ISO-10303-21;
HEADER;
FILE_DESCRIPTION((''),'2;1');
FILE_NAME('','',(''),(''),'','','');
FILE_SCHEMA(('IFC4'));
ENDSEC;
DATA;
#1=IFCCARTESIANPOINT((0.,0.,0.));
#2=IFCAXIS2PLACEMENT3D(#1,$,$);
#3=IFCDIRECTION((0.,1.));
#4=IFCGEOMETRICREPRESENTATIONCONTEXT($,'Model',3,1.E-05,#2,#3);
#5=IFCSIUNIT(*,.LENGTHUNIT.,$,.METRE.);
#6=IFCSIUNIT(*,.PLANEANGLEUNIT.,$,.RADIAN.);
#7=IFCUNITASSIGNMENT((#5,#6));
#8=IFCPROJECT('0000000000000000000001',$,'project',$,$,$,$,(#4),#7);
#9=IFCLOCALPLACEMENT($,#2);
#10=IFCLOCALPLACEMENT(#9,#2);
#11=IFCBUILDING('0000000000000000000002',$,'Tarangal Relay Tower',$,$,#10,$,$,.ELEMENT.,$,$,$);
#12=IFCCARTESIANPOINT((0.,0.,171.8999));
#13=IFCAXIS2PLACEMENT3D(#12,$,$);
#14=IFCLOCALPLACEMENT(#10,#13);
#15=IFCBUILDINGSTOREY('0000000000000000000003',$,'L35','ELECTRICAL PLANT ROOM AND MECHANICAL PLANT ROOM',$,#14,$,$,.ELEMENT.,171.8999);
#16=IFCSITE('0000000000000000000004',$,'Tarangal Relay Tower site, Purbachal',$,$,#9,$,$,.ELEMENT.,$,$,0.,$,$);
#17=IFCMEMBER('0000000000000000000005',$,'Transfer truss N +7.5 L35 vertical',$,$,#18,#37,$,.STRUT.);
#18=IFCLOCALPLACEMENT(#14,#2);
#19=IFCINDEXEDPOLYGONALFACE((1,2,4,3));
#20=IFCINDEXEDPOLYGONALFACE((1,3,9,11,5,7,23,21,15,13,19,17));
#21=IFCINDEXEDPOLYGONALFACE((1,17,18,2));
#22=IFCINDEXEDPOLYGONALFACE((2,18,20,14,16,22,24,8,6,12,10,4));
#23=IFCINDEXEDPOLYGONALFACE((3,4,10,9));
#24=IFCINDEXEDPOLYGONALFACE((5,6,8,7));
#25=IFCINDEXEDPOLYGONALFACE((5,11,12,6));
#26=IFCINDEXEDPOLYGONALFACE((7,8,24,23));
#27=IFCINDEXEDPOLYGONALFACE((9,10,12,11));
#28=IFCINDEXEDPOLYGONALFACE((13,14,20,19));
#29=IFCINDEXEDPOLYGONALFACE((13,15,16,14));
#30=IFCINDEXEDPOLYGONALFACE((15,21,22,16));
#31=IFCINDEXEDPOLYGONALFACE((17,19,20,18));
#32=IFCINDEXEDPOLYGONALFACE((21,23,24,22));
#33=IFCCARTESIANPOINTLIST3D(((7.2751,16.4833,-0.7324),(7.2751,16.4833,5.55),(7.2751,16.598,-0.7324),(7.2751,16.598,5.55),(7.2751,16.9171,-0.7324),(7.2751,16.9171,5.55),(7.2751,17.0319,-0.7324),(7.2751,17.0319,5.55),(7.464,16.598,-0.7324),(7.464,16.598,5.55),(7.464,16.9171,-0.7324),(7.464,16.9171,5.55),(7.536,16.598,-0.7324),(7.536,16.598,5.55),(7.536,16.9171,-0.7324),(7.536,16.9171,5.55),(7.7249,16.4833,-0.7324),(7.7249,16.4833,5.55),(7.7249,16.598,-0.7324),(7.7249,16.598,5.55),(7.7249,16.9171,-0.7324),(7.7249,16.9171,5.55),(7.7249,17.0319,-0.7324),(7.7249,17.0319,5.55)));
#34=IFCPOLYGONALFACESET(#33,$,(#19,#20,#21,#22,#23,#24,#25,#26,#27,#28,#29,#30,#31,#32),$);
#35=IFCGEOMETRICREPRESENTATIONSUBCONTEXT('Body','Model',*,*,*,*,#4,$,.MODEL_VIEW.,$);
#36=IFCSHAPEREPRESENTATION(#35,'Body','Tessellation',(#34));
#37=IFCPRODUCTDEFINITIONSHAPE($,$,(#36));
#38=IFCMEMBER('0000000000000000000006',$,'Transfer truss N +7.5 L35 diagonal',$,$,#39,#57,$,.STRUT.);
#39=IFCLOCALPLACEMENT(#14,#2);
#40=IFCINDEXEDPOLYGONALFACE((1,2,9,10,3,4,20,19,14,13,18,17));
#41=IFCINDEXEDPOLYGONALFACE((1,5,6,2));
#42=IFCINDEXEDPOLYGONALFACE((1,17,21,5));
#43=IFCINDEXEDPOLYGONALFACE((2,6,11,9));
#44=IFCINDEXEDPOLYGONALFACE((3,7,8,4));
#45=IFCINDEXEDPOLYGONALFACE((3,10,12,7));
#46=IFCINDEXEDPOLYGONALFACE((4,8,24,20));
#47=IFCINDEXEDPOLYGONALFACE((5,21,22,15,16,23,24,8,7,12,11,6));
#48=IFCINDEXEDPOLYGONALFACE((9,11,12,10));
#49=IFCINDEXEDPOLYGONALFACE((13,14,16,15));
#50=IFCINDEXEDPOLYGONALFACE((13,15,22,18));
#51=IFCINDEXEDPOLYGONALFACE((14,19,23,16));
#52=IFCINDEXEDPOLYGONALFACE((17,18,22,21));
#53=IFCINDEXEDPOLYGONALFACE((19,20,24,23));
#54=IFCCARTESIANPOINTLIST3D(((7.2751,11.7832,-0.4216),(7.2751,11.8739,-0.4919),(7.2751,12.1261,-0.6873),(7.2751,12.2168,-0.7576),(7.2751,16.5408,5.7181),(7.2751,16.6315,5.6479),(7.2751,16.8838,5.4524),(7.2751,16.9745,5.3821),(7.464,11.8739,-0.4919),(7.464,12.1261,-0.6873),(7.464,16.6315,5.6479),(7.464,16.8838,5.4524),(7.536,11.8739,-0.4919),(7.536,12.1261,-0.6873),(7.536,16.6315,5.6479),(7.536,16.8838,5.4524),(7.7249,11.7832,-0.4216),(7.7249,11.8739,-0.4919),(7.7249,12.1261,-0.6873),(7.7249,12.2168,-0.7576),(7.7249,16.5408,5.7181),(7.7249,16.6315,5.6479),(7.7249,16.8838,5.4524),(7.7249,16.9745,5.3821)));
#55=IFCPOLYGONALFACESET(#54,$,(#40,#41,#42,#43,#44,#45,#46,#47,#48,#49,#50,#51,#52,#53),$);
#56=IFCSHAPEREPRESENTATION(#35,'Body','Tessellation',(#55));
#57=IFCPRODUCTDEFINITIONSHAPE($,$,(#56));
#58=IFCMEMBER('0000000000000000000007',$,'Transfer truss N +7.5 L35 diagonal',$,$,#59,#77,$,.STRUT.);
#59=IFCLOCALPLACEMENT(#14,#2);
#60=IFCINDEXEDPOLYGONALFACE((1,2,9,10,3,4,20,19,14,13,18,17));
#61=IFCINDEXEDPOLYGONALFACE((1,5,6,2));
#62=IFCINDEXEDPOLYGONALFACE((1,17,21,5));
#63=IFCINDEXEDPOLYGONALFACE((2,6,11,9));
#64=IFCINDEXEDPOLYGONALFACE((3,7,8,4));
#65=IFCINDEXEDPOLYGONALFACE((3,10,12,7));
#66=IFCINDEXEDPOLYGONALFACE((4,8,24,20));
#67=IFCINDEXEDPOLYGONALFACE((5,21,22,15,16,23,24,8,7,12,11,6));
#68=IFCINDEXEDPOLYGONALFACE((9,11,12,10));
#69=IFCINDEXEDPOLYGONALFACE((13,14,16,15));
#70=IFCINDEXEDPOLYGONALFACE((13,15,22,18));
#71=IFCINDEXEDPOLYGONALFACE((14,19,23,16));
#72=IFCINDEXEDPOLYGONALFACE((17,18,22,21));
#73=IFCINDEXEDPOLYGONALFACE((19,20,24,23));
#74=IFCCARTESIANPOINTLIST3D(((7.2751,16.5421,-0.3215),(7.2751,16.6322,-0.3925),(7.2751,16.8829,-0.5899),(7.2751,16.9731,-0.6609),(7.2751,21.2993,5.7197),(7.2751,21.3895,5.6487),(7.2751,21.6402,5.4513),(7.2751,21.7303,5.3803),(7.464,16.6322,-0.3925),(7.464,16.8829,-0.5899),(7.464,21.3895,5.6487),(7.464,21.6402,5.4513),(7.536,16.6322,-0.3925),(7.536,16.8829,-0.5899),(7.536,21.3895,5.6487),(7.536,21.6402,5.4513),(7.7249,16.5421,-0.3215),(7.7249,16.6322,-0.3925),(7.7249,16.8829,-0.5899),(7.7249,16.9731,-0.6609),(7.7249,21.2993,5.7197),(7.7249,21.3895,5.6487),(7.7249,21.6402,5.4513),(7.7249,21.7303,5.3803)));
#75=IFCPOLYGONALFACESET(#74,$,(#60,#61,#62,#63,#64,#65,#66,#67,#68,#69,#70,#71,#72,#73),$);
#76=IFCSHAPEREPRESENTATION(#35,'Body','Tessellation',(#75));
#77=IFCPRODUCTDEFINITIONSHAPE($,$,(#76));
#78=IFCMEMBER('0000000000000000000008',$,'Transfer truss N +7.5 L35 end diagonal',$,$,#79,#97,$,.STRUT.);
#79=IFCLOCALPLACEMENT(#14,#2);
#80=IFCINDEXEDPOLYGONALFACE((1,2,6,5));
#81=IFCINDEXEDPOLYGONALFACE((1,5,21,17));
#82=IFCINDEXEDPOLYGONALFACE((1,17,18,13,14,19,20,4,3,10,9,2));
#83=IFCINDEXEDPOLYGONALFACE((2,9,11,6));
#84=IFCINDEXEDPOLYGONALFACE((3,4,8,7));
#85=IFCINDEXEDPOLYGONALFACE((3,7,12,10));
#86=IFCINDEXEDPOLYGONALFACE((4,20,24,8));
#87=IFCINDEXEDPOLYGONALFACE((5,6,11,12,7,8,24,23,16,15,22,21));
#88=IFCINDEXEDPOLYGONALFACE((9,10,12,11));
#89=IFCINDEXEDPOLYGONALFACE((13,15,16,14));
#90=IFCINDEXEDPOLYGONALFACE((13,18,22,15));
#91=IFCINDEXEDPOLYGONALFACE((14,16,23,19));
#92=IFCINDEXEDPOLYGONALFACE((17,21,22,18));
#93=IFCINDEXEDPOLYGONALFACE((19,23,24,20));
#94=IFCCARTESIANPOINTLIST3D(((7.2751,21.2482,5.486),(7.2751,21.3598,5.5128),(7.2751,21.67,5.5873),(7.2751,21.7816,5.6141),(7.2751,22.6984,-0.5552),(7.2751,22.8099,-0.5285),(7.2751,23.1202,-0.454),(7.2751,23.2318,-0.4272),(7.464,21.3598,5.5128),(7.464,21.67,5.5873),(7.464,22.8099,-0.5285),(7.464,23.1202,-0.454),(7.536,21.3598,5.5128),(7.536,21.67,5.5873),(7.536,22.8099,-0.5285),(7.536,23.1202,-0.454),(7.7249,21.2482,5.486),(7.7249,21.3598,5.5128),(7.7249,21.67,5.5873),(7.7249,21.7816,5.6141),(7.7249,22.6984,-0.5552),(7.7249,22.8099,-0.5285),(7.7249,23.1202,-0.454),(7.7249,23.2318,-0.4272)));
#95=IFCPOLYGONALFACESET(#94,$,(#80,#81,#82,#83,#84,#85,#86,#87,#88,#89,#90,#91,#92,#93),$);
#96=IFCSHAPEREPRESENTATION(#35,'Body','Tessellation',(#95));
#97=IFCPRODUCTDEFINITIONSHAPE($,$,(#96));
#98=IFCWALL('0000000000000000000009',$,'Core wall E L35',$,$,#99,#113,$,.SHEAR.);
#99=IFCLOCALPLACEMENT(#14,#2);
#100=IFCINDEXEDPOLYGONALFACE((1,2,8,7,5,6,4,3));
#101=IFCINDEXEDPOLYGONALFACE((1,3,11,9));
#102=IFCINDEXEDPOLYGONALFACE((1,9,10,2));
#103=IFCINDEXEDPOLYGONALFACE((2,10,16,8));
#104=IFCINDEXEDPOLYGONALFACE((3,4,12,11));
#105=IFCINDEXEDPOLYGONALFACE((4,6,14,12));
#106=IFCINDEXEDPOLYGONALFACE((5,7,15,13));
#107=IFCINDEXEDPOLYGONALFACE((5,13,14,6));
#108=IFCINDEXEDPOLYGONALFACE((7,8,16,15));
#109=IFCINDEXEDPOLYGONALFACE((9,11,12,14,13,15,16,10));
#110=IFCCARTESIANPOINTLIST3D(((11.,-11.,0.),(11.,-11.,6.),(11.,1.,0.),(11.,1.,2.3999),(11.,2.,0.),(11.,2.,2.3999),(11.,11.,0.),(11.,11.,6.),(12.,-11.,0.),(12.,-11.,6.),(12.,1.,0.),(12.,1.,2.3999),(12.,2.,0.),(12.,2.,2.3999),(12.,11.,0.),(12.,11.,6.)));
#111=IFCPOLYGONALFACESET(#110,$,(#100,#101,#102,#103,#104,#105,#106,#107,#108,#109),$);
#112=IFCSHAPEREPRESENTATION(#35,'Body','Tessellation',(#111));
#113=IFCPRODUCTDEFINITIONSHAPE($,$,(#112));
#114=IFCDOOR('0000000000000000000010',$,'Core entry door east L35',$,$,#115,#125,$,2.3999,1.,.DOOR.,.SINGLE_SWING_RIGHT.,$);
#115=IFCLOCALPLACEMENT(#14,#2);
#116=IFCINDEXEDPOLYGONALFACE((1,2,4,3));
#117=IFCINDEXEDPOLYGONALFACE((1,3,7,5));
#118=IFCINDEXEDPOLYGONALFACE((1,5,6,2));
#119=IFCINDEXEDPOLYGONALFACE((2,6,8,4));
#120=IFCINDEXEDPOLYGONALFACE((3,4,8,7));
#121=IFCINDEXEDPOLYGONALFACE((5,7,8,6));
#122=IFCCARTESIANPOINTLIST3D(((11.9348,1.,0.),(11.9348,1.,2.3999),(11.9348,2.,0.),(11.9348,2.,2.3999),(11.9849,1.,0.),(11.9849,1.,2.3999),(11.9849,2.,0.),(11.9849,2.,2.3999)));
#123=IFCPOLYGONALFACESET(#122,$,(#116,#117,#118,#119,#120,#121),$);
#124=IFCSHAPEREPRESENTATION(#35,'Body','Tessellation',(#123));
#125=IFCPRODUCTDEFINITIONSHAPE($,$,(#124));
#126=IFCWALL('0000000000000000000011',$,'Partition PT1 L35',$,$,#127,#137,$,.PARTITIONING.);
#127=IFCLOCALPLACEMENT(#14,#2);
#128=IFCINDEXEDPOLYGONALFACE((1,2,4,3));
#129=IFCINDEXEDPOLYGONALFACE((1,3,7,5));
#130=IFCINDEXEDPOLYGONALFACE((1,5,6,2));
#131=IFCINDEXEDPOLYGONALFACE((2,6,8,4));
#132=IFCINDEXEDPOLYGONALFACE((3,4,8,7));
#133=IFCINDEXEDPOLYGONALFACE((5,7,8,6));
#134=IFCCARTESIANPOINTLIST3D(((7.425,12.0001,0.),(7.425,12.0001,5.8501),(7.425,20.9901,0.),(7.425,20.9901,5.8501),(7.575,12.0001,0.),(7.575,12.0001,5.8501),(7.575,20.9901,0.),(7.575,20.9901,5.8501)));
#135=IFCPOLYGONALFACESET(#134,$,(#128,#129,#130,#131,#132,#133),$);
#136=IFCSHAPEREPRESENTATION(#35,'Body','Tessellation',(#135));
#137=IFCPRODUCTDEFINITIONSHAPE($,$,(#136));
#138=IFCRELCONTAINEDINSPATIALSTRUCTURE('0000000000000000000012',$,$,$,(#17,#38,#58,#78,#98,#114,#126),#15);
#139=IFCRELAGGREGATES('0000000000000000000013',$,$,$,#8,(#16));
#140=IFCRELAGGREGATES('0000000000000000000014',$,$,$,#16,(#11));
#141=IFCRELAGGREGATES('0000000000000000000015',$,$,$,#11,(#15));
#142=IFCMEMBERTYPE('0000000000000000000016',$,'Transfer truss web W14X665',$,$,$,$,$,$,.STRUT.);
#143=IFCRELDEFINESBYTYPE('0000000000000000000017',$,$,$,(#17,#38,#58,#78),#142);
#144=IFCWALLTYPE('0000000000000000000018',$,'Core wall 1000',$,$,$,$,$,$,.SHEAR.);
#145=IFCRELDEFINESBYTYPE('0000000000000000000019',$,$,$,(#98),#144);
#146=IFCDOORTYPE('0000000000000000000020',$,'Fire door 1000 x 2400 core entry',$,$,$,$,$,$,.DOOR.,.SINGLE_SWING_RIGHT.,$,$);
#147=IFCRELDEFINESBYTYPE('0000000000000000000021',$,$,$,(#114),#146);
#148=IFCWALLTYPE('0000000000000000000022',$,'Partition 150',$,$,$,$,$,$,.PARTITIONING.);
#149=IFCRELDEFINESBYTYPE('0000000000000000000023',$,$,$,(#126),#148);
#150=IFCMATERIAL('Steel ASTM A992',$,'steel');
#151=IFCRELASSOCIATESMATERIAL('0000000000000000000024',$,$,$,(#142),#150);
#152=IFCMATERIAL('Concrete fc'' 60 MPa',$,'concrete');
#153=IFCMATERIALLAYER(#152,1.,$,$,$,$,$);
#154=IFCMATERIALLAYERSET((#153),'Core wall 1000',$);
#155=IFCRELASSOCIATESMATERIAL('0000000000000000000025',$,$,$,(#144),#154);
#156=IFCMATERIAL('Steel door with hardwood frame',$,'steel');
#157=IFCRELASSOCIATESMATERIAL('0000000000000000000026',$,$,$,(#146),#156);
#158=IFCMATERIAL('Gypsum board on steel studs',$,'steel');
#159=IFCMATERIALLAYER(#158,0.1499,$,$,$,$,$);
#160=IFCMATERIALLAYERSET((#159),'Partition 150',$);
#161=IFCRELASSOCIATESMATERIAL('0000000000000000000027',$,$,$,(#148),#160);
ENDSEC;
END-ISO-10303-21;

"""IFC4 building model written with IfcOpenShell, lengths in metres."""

from ifc_helpers import new_model, si_unit, direction, frame, frame_2d, origin, origin_2d, place, context, subcontext, project, spatial, rectangle, i_section, extrude, material, layer, layer_set, material_profile, profile_set, type_object, element, fill, save


model = new_model("IFC4")

# Units and contexts
model_context = context("Model", 3, precision=1e-05, world=origin(), true_north=direction((0.0, 1.0)))
body_context = subcontext(model_context, "Body", "Model", "MODEL_VIEW")
ifc_project = project(units=[si_unit("LENGTHUNIT", "METRE"), si_unit("PLANEANGLEUNIT", "RADIAN")], contexts=[model_context])

# Site, building, storey
site_placement = place(None, origin())
site = spatial("IfcSite", under=ifc_project, at=site_placement, Name="Tarangal Relay Tower site, Purbachal", CompositionType="ELEMENT", RefElevation=0.0)
building_placement = place(site_placement, origin())
building = spatial("IfcBuilding", under=site, at=building_placement, Name="Tarangal Relay Tower", CompositionType="ELEMENT")
storey_placement = place(building_placement, frame((0.0, 0.0, 171.8999)))
storey = spatial("IfcBuildingStorey", under=building, at=storey_placement, Name="L35", Description="ELECTRICAL PLANT ROOM AND MECHANICAL PLANT ROOM", CompositionType="ELEMENT", Elevation=171.8999)

# Shared definitions
ifc_material_1 = material(Name="Steel ASTM A992", Category="steel")

# Members
ifc_material_profile_1 = material_profile(ifc_material_1, i_section(OverallWidth=0.4497, OverallDepth=0.5486, WebThickness=0.072, FlangeThickness=0.1147, at=origin_2d()), Name="W14X665")
ifc_profile_set_1 = profile_set([ifc_material_profile_1], Name="Steel ASTM A992")
member_type_1 = type_object("IfcMemberType", Name="Transfer truss web W14X665", PredefinedType="STRUT", material=ifc_profile_set_1)
member_1_placement = place(storey_placement, frame((7.5, 16.7576, -0.7324), z_axis=(0.0, 0.0, 1.0), x_axis=(1.0, 0.0, 0.0)))
element("IfcMember", 1, at=member_1_placement, inside=storey, type_object=member_type_1, Name="Transfer truss N +7.5 L35 vertical", PredefinedType="STRUT", context=body_context, shape_type="SweptSolid", body=[
    extrude(i_section(OverallWidth=0.4497, OverallDepth=0.5486, WebThickness=0.072, FlangeThickness=0.1147, at=origin_2d()), origin(), (0.0, 0.0, 1.0), 6.2825),
])
member_2_placement = place(storey_placement, frame((7.5, 12.0, -0.5896), z_axis=(0.0, 0.612519, 0.790456), x_axis=(-1.0, 0.0, 0.0)))
element("IfcMember", 2, at=member_2_placement, inside=storey, type_object=member_type_1, Name="Transfer truss N +7.5 L35 diagonal", PredefinedType="STRUT", context=body_context, shape_type="SweptSolid", body=[
    extrude(i_section(OverallWidth=0.4497, OverallDepth=0.5486, WebThickness=0.072, FlangeThickness=0.1147, at=origin_2d()), origin(), (0.0, 0.0, 1.0), 7.7673),
])
member_3_placement = place(storey_placement, frame((7.5, 16.7576, -0.4912), z_axis=(0.0, 0.618675, 0.785647), x_axis=(-1.0, 0.0, 0.0)))
element("IfcMember", 3, at=member_3_placement, inside=storey, type_object=member_type_1, Name="Transfer truss N +7.5 L35 diagonal", PredefinedType="STRUT", context=body_context, shape_type="SweptSolid", body=[
    extrude(i_section(OverallWidth=0.4497, OverallDepth=0.5486, WebThickness=0.072, FlangeThickness=0.1147, at=origin_2d()), origin(), (0.0, 0.0, 1.0), 7.6895),
])
member_4_placement = place(storey_placement, frame((7.5, 22.9651, -0.4912), z_axis=(0.0, -0.233418, 0.972377), x_axis=(1.0, 0.0, 0.0)))
element("IfcMember", 4, at=member_4_placement, inside=storey, type_object=member_type_1, Name="Transfer truss N +7.5 L35 end diagonal", PredefinedType="STRUT", context=body_context, shape_type="SweptSolid", body=[
    extrude(i_section(OverallWidth=0.4497, OverallDepth=0.5486, WebThickness=0.072, FlangeThickness=0.1147, at=origin_2d()), origin(), (0.0, 0.0, 1.0), 6.2129),
])

# Wall, opening, door
ifc_material_2 = material(Name="Concrete fc' 60 MPa", Category="concrete")
ifc_layer_1 = layer(ifc_material_2, 1.0)
ifc_layer_set_1 = layer_set([ifc_layer_1], Name="Core wall 1000")
wall_type_1 = type_object("IfcWallType", Name="Core wall 1000", PredefinedType="SHEAR", material=ifc_layer_set_1)
wall_1_placement = place(storey_placement, frame((11.5, 11.0, 0.0), z_axis=(0.0, 0.0, 1.0), x_axis=(0.0, -1.0, 0.0)))
wall_1 = element("IfcWall", 5, at=wall_1_placement, inside=storey, type_object=wall_type_1, Name="Core wall E L35", PredefinedType="SHEAR", context=body_context, shape_type="SweptSolid", body=[
    extrude(rectangle(XDim=22.0, YDim=1.0, at=frame_2d((11.0, 0.0))), origin(), (0.0, 0.0, 1.0), 6.0),
])
opening_placement = place(wall_1_placement, frame((9.0, 0.0, 0.0)))
opening = element("IfcOpeningElement", 6, at=opening_placement, cuts=wall_1, PredefinedType="OPENING", context=body_context, shape_type="SweptSolid", body=[
    extrude(rectangle(XDim=1.0, YDim=2.3999, at=frame_2d((0.5, 1.2))), frame((0.0, 0.51, 0.0), z_axis=(0.0, -1.0, 0.0), x_axis=(1.0, 0.0, 0.0)), (0.0, 0.0, 1.0), 1.02),
])
ifc_material_3 = material(Name="Steel door with hardwood frame", Category="steel")
door_type = type_object("IfcDoorType", Name="Fire door 1000 x 2400 core entry", OperationType="SINGLE_SWING_RIGHT", PredefinedType="DOOR", material=ifc_material_3)
door_placement = place(opening_placement, origin())
door = element("IfcDoor", 7, at=door_placement, inside=storey, type_object=door_type, Name="Core entry door east L35", OperationType="SINGLE_SWING_RIGHT", OverallHeight=2.3999, OverallWidth=1.0, PredefinedType="DOOR", context=body_context, shape_type="SweptSolid", body=[
    extrude(rectangle(XDim=1.0, YDim=2.3999, at=frame_2d((0.5, 1.2))), frame((0.0, 0.4849, 0.0), z_axis=(0.0, -1.0, 0.0), x_axis=(1.0, 0.0, 0.0)), (0.0, 0.0, 1.0), 0.05),
])
fill(opening, door)

# Wall
ifc_material_4 = material(Name="Gypsum board on steel studs", Category="steel")
ifc_layer_2 = layer(ifc_material_4, 0.1499)
ifc_layer_set_2 = layer_set([ifc_layer_2], Name="Partition 150")
wall_type_2 = type_object("IfcWallType", Name="Partition 150", PredefinedType="PARTITIONING", material=ifc_layer_set_2)
wall_2_placement = place(storey_placement, frame((7.5, 12.0, 0.0), z_axis=(0.0, 0.0, 1.0), x_axis=(0.0, 1.0, 0.0)))
element("IfcWall", 8, at=wall_2_placement, inside=storey, type_object=wall_type_2, Name="Partition PT1 L35", PredefinedType="PARTITIONING", context=body_context, shape_type="SweptSolid", body=[
    extrude(rectangle(XDim=8.99, YDim=0.1499, at=frame_2d((4.4951, 0.0))), origin(), (0.0, 0.0, 1.0), 5.8501),
])

save(model, "model.ifc")
